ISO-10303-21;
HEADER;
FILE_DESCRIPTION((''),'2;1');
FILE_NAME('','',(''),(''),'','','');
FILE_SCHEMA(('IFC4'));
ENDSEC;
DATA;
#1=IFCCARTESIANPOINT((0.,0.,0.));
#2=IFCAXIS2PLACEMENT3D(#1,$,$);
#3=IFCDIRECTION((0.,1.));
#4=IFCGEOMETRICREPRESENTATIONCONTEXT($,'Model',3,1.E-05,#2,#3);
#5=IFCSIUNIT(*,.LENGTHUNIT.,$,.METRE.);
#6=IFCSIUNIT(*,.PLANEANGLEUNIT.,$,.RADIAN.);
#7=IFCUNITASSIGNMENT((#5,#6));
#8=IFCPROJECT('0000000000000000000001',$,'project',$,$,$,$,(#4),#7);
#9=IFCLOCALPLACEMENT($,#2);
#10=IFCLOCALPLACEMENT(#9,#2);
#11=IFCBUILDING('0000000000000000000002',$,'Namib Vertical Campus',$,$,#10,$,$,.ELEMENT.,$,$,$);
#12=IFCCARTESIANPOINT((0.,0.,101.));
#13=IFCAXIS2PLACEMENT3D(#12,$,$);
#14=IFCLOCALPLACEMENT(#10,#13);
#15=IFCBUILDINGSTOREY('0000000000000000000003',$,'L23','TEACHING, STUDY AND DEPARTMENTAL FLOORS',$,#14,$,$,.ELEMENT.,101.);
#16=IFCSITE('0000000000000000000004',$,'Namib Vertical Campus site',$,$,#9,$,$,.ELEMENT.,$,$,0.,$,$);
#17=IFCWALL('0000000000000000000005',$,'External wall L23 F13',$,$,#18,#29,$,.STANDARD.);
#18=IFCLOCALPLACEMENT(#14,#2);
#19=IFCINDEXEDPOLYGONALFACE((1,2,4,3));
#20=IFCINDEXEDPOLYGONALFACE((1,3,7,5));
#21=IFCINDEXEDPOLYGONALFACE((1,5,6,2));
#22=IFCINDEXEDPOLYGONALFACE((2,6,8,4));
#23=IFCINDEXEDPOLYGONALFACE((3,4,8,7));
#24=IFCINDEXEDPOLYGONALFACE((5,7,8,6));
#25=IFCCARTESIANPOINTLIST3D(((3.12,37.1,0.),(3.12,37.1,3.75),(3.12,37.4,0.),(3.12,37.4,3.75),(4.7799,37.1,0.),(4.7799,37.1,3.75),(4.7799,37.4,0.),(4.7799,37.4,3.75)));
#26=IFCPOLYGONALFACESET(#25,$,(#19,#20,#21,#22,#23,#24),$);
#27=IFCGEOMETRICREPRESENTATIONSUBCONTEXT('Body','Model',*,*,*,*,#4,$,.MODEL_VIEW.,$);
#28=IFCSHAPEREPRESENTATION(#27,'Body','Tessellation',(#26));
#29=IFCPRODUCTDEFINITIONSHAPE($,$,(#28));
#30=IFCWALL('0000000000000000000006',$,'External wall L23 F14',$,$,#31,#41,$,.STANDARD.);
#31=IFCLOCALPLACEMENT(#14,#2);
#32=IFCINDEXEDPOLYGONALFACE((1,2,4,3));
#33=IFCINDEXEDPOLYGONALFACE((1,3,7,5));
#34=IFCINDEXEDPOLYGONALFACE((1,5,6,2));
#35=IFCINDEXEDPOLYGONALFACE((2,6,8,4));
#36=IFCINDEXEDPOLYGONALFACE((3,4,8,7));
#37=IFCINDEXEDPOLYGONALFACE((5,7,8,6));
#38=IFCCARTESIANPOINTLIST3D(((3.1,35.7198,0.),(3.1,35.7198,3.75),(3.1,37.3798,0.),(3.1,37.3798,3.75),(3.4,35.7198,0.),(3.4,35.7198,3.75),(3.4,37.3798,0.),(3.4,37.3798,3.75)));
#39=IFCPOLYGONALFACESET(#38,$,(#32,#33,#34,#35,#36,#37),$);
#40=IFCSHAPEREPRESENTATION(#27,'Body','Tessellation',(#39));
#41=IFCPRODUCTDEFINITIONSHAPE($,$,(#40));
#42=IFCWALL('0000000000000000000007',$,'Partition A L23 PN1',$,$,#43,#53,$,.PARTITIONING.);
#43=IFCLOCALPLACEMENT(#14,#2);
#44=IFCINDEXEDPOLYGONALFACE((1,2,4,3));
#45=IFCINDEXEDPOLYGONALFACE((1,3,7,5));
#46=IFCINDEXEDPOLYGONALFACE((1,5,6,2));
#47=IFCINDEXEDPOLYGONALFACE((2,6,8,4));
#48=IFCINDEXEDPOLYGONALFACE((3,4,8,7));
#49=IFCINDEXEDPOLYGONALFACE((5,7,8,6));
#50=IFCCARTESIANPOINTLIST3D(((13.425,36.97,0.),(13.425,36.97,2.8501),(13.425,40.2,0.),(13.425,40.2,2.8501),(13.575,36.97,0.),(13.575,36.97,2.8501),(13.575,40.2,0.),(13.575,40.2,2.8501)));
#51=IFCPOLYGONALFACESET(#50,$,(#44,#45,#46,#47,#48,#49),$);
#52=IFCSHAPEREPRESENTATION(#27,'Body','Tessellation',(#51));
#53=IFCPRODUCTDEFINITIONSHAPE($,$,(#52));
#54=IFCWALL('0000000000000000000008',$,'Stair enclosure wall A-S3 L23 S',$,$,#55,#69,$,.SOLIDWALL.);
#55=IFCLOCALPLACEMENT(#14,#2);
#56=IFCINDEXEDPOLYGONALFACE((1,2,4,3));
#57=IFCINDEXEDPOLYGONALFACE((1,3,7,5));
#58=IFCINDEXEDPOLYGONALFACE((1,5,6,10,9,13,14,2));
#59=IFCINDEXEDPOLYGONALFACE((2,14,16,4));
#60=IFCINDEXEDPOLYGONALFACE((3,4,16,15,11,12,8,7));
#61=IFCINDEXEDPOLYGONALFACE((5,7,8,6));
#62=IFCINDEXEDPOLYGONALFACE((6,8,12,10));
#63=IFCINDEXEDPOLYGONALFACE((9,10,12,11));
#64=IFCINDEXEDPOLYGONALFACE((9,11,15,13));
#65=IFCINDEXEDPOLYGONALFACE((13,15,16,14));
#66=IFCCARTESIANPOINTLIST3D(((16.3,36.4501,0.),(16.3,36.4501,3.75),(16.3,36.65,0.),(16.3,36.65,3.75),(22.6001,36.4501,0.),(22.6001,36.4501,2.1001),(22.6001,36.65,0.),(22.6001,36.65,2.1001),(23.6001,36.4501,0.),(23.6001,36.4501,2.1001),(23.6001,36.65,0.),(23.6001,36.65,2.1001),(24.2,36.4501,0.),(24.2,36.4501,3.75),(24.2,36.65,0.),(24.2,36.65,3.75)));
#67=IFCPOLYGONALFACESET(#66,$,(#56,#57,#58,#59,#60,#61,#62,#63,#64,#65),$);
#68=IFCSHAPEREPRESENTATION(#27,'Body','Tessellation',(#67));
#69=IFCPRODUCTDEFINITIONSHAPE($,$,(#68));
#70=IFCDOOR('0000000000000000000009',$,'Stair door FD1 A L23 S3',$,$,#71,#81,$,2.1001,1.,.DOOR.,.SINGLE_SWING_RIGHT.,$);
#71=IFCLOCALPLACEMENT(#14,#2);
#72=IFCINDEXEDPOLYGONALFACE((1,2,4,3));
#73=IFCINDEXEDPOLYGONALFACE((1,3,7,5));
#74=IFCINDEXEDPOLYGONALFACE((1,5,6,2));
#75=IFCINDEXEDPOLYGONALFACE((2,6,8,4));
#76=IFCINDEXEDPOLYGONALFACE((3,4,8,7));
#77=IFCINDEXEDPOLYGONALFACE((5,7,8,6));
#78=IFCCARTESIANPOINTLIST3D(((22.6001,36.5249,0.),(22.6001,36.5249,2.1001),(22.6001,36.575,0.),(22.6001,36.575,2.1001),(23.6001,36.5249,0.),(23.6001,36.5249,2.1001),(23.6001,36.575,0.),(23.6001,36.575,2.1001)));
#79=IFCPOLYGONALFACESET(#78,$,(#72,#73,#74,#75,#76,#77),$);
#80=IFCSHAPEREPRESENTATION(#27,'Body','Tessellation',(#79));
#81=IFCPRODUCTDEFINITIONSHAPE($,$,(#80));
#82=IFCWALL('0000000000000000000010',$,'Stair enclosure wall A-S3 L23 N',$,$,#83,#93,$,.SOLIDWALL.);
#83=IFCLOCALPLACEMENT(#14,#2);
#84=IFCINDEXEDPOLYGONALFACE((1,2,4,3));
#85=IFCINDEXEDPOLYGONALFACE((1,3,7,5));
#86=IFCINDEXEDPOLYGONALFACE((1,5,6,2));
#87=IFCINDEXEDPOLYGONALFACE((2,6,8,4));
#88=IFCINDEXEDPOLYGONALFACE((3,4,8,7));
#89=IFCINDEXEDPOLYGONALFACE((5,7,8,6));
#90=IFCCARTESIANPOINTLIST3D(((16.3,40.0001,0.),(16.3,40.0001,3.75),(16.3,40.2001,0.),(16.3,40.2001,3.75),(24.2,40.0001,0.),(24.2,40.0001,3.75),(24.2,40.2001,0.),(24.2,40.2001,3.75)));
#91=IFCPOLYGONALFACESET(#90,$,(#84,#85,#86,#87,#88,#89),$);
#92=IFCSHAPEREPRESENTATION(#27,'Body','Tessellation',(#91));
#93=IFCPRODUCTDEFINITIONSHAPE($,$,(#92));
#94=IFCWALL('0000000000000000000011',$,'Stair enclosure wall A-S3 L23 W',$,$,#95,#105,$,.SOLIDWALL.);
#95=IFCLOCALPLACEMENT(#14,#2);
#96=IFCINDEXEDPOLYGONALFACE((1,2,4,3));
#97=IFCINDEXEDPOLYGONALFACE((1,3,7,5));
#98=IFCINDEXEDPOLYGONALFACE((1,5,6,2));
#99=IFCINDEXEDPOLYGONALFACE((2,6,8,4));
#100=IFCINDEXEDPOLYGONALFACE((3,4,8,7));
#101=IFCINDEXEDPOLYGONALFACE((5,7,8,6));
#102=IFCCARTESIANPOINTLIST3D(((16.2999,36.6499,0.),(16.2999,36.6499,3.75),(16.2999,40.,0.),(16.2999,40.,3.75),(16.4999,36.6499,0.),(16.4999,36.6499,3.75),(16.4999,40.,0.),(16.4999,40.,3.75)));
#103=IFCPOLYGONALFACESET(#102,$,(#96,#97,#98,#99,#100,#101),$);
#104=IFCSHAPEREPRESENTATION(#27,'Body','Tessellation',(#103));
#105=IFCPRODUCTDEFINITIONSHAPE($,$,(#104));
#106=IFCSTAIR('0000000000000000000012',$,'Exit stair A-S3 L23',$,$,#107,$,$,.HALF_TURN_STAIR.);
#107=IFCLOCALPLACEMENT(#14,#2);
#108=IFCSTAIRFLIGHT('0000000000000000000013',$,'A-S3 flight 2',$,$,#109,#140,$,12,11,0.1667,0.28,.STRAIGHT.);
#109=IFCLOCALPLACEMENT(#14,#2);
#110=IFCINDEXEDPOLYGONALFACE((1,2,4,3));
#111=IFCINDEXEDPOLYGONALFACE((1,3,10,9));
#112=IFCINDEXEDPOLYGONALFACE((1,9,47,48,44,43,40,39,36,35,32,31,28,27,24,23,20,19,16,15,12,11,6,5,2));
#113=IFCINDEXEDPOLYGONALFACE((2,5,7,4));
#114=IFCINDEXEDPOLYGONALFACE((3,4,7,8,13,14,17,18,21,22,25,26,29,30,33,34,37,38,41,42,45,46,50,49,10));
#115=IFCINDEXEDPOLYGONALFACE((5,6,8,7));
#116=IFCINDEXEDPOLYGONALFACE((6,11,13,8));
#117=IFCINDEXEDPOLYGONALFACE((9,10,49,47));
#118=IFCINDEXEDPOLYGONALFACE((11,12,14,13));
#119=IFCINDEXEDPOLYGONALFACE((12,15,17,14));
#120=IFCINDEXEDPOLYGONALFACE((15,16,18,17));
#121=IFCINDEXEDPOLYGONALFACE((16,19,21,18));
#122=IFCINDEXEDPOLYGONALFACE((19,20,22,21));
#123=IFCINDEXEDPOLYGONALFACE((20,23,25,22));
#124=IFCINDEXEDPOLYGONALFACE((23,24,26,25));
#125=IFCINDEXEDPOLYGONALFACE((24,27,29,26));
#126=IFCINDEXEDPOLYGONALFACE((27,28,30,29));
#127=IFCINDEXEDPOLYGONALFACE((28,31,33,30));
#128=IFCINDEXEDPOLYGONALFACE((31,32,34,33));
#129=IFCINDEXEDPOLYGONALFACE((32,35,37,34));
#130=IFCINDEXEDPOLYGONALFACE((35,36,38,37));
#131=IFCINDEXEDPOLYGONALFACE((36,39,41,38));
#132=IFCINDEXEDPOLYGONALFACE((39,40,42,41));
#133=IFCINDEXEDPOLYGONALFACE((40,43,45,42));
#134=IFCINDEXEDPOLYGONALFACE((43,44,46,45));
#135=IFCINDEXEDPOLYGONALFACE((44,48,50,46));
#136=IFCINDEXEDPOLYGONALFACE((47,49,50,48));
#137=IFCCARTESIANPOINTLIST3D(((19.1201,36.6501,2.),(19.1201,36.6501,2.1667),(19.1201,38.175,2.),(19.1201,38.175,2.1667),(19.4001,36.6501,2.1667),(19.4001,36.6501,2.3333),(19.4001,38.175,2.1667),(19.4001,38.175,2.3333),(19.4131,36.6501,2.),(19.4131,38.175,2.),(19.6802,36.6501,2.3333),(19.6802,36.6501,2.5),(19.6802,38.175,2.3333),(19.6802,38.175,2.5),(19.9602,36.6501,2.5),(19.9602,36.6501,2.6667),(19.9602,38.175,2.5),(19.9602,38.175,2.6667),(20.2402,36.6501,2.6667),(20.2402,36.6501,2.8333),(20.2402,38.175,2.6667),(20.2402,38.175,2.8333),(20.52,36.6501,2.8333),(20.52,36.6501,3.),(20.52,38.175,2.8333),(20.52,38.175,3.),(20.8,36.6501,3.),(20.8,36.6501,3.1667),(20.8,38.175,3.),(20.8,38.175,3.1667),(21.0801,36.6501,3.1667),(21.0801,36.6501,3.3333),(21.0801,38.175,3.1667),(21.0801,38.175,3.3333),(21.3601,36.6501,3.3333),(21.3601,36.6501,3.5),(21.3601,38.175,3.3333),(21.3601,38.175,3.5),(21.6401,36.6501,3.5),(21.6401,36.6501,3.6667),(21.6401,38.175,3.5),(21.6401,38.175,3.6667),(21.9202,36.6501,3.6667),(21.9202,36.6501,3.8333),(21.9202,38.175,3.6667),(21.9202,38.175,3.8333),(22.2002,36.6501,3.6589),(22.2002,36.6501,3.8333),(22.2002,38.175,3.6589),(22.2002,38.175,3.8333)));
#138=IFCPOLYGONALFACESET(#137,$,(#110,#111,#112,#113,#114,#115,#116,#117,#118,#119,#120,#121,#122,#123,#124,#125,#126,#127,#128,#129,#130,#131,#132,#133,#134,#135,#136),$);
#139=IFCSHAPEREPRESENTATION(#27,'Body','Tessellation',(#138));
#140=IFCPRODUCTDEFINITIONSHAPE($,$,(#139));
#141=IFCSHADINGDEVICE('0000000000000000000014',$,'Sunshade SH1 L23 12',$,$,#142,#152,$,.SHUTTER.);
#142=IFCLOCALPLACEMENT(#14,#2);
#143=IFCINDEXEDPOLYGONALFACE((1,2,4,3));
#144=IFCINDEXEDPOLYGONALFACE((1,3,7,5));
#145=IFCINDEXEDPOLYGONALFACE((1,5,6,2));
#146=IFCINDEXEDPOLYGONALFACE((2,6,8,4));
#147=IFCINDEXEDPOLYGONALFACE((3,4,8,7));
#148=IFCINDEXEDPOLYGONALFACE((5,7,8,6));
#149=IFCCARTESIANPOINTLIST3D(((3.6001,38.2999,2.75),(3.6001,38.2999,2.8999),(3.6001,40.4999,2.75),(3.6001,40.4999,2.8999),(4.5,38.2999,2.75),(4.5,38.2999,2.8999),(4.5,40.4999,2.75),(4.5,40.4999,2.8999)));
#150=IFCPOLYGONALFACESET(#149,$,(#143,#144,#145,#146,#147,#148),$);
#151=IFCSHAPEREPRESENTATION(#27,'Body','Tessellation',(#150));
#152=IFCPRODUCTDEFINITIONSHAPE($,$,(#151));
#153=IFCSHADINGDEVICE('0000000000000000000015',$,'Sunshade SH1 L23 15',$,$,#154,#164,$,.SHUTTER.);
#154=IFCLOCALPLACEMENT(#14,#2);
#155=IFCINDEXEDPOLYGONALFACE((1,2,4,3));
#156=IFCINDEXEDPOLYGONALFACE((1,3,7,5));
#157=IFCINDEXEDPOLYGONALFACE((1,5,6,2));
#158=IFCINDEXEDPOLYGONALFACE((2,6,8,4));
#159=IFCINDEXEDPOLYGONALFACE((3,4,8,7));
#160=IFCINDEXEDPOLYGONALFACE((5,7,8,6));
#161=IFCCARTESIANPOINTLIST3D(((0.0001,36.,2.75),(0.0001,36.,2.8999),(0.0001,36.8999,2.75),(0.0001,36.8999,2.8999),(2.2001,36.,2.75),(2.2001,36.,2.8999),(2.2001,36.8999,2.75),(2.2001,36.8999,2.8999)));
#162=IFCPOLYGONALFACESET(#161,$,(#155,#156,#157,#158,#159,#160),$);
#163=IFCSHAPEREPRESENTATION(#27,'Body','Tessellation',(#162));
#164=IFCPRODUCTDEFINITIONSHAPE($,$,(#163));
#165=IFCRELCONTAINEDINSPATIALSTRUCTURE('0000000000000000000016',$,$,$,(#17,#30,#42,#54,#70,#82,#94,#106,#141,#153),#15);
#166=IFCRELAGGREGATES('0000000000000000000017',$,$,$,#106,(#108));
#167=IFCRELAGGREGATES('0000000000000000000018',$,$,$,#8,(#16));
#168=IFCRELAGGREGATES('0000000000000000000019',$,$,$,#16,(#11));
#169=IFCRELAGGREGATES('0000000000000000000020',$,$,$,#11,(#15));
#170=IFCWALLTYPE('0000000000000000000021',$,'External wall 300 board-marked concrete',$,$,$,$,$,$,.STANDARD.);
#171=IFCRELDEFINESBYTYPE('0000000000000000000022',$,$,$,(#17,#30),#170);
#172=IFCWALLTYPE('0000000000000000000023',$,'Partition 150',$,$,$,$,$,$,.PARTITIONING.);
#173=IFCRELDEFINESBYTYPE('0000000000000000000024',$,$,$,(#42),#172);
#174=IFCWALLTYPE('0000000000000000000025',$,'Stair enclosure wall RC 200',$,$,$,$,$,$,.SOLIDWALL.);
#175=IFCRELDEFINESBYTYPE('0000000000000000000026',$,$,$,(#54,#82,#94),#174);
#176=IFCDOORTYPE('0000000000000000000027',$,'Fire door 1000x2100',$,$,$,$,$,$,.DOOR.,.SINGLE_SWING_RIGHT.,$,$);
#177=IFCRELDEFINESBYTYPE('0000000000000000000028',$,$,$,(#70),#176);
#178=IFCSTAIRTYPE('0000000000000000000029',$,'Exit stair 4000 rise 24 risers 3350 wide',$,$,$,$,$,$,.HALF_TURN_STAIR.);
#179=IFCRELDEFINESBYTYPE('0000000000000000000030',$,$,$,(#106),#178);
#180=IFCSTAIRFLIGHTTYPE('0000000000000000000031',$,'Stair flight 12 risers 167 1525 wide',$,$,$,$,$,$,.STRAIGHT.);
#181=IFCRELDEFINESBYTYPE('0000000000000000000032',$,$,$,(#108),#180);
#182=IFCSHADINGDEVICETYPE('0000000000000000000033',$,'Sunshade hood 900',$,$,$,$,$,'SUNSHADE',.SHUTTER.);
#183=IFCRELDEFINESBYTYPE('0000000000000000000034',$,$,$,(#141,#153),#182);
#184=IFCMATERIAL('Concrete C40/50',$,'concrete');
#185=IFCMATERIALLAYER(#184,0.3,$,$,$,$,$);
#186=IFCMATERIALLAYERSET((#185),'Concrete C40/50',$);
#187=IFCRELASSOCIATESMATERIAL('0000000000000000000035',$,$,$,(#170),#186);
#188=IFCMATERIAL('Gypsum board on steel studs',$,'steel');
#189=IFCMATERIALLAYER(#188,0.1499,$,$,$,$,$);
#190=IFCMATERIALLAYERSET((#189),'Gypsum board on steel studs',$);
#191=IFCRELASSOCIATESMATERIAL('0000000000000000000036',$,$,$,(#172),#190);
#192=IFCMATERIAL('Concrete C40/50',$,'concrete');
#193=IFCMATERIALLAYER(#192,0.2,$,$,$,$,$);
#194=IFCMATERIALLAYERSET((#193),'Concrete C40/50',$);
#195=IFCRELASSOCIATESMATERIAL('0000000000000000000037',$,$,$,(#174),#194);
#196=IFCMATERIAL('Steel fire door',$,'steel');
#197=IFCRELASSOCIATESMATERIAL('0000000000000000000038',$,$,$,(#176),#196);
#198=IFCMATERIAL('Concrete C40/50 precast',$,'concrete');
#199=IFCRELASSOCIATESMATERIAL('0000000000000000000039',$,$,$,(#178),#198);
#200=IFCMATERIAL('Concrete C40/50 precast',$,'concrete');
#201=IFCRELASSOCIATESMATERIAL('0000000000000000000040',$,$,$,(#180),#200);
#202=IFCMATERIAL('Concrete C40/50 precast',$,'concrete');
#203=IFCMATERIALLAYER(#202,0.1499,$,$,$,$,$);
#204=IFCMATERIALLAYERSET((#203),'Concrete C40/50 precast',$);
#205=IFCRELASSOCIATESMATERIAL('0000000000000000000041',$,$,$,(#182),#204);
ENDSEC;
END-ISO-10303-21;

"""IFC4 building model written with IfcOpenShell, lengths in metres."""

from ifc_helpers import new_model, si_unit, direction, frame, frame_2d, origin, origin_2d, place, context, subcontext, project, spatial, polyline, rectangle, outline, extrude, material, layer, layer_set, type_object, element, fill, aggregate, save


model = new_model("IFC4")

# Units and contexts
model_context = context("Model", 3, precision=1e-05, world=origin(), true_north=direction((0.0, 1.0)))
body_context = subcontext(model_context, "Body", "Model", "MODEL_VIEW")
ifc_project = project(units=[si_unit("LENGTHUNIT", "METRE"), si_unit("PLANEANGLEUNIT", "RADIAN")], contexts=[model_context])

# Site, building, storey
site_placement = place(None, origin())
site = spatial("IfcSite", under=ifc_project, at=site_placement, Name="Namib Vertical Campus site", CompositionType="ELEMENT", RefElevation=0.0)
building_placement = place(site_placement, origin())
building = spatial("IfcBuilding", under=site, at=building_placement, Name="Namib Vertical Campus", CompositionType="ELEMENT")
storey_placement = place(building_placement, frame((0.0, 0.0, 101.0)))
storey = spatial("IfcBuildingStorey", under=building, at=storey_placement, Name="L23", Description="TEACHING, STUDY AND DEPARTMENTAL FLOORS", CompositionType="ELEMENT", Elevation=101.0)

# Walls
ifc_material_1 = material(Name="Concrete C40/50", Category="concrete")
ifc_layer_1 = layer(ifc_material_1, 0.3)
ifc_layer_set_1 = layer_set([ifc_layer_1], Name="Concrete C40/50")
wall_type_1 = type_object("IfcWallType", Name="External wall 300 board-marked concrete", PredefinedType="STANDARD", material=ifc_layer_set_1)
for number, where, z_axis, x_axis, name in (
    (1, (4.78, 37.25, 0.0), (0.0, 0.0, 1.0), (-1.0, 0.0, 0.0), "External wall L23 F13"),
    (2, (3.25, 37.3799, 0.0), (0.0, 0.0, 1.0), (0.0, -1.0, 0.0), "External wall L23 F14"),
):
    element("IfcWall", number, at=place(storey_placement, frame(where, z_axis=z_axis, x_axis=x_axis)), inside=storey, type_object=wall_type_1, Name=name, PredefinedType="STANDARD", context=body_context, shape_type="SweptSolid", body=[
        extrude(rectangle(XDim=1.6599, YDim=0.3, at=frame_2d((0.8301, 0.0))), origin(), (0.0, 0.0, 1.0), 3.75),
    ])
ifc_material_2 = material(Name="Gypsum board on steel studs", Category="steel")
ifc_layer_2 = layer(ifc_material_2, 0.1499)
ifc_layer_set_2 = layer_set([ifc_layer_2], Name="Gypsum board on steel studs")
wall_type_2 = type_object("IfcWallType", Name="Partition 150", PredefinedType="PARTITIONING", material=ifc_layer_set_2)
wall_1_placement = place(storey_placement, frame((13.5, 36.97, 0.0), z_axis=(0.0, 0.0, 1.0), x_axis=(0.0, 1.0, 0.0)))
element("IfcWall", 3, at=wall_1_placement, inside=storey, type_object=wall_type_2, Name="Partition A L23 PN1", PredefinedType="PARTITIONING", context=body_context, shape_type="SweptSolid", body=[
    extrude(rectangle(XDim=3.23, YDim=0.1499, at=frame_2d((1.615, 0.0))), origin(), (0.0, 0.0, 1.0), 2.8501),
])

# Wall, opening, door
ifc_material_3 = material(Name="Concrete C40/50", Category="concrete")
ifc_layer_3 = layer(ifc_material_3, 0.2)
ifc_layer_set_3 = layer_set([ifc_layer_3], Name="Concrete C40/50")
wall_type_3 = type_object("IfcWallType", Name="Stair enclosure wall RC 200", PredefinedType="SOLIDWALL", material=ifc_layer_set_3)
wall_2_placement = place(storey_placement, frame((16.3, 36.55, 0.0), z_axis=(0.0, 0.0, 1.0), x_axis=(1.0, 0.0, 0.0)))
wall_2 = element("IfcWall", 4, at=wall_2_placement, inside=storey, type_object=wall_type_3, Name="Stair enclosure wall A-S3 L23 S", PredefinedType="SOLIDWALL", context=body_context, shape_type="SweptSolid", body=[
    extrude(rectangle(XDim=7.8999, YDim=0.2, at=frame_2d((3.95, 0.0))), origin(), (0.0, 0.0, 1.0), 3.75),
])
opening_placement = place(wall_2_placement, frame((6.3, 0.0, 0.0)))
opening = element("IfcOpeningElement", 5, at=opening_placement, cuts=wall_2, PredefinedType="OPENING", context=body_context, shape_type="SweptSolid", body=[
    extrude(rectangle(XDim=1.0, YDim=2.1001, at=frame_2d((0.5, 1.05))), frame((0.0, 0.1099, 0.0), z_axis=(0.0, -1.0, 0.0), x_axis=(1.0, 0.0, 0.0)), (0.0, 0.0, 1.0), 0.22),
])
ifc_material_4 = material(Name="Steel fire door", Category="steel")
door_type = type_object("IfcDoorType", Name="Fire door 1000x2100", OperationType="SINGLE_SWING_RIGHT", PredefinedType="DOOR", material=ifc_material_4)
door_placement = place(opening_placement, origin())
door = element("IfcDoor", 6, at=door_placement, inside=storey, type_object=door_type, Name="Stair door FD1 A L23 S3", OperationType="SINGLE_SWING_RIGHT", OverallHeight=2.1001, OverallWidth=1.0, PredefinedType="DOOR", context=body_context, shape_type="SweptSolid", body=[
    extrude(rectangle(XDim=1.0, YDim=2.1001, at=frame_2d((0.5, 1.05))), frame((0.0, 0.0249, 0.0), z_axis=(0.0, -1.0, 0.0), x_axis=(1.0, 0.0, 0.0)), (0.0, 0.0, 1.0), 0.05),
])
fill(opening, door)

# Walls
wall_3_placement = place(storey_placement, frame((16.3, 40.1001, 0.0), z_axis=(0.0, 0.0, 1.0), x_axis=(1.0, 0.0, 0.0)))
element("IfcWall", 7, at=wall_3_placement, inside=storey, type_object=wall_type_3, Name="Stair enclosure wall A-S3 L23 N", PredefinedType="SOLIDWALL", context=body_context, shape_type="SweptSolid", body=[
    extrude(rectangle(XDim=7.8999, YDim=0.2, at=frame_2d((3.95, 0.0))), origin(), (0.0, 0.0, 1.0), 3.75),
])
wall_4_placement = place(storey_placement, frame((16.3999, 36.6499, 0.0), z_axis=(0.0, 0.0, 1.0), x_axis=(0.0, 1.0, 0.0)))
element("IfcWall", 8, at=wall_4_placement, inside=storey, type_object=wall_type_3, Name="Stair enclosure wall A-S3 L23 W", PredefinedType="SOLIDWALL", context=body_context, shape_type="SweptSolid", body=[
    extrude(rectangle(XDim=3.3501, YDim=0.2, at=frame_2d((1.675, 0.0))), origin(), (0.0, 0.0, 1.0), 3.75),
])

# Stair, stair flight
ifc_material_5 = material(Name="Concrete C40/50 precast", Category="concrete")
stair_type = type_object("IfcStairType", Name="Exit stair 4000 rise 24 risers 3350 wide", PredefinedType="HALF_TURN_STAIR", material=ifc_material_5)
stair_placement = place(storey_placement, origin())
stair = element("IfcStair", 9, at=stair_placement, inside=storey, type_object=stair_type, Name="Exit stair A-S3 L23", PredefinedType="HALF_TURN_STAIR")
ifc_material_6 = material(Name="Concrete C40/50 precast", Category="concrete")
stair_flight_type = type_object("IfcStairFlightType", Name="Stair flight 12 risers 167 1525 wide", PredefinedType="STRAIGHT", material=ifc_material_6)
stair_flight_placement = place(storey_placement, frame((19.1201, 37.4126, 2.0), z_axis=(0.0, 0.0, 1.0), x_axis=(1.0, 0.0, 0.0)))
stair_flight = element("IfcStairFlight", 10, at=stair_flight_placement, type_object=stair_flight_type, Name="A-S3 flight 2", NumberOfRisers=12, NumberOfTreads=11, PredefinedType="STRAIGHT", RiserHeight=0.1667, TreadLength=0.28, context=body_context, shape_type="SweptSolid", body=[
    extrude(outline(polyline([(0.0, 0.0), (0.0, 0.1667), (0.28, 0.1667), (0.28, 0.3333), (0.5601, 0.3333), (0.5601, 0.5), (0.8401, 0.5), (0.8401, 0.6667), (1.1201, 0.6667), (1.1201, 0.8333), (1.3999, 0.8333), (1.3999, 1.0), (1.6799, 1.0), (1.6799, 1.1667), (1.96, 1.1667), (1.96, 1.3333), (2.24, 1.3333), (2.24, 1.5), (2.52, 1.5), (2.52, 1.6667), (2.8, 1.6667), (2.8, 1.8333), (3.0801, 1.8333), (3.0801, 2.0), (3.0801, 1.6589), (0.293, 0.0), (0.0, 0.0)])), frame((0.0, 0.7625, 0.0), z_axis=(0.0, -1.0, 0.0), x_axis=(1.0, 0.0, 0.0)), (0.0, 0.0, 1.0), 1.5249),
])
aggregate(stair, [stair_flight])

# Shading devices
ifc_material_7 = material(Name="Concrete C40/50 precast", Category="concrete")
ifc_layer_4 = layer(ifc_material_7, 0.1499)
ifc_layer_set_4 = layer_set([ifc_layer_4], Name="Concrete C40/50 precast")
shading_device_type = type_object("IfcShadingDeviceType", Name="Sunshade hood 900", ElementType="SUNSHADE", PredefinedType="SHUTTER", material=ifc_layer_set_4)
for number, where, z_axis, x_axis, name in (
    (11, (4.05, 39.3999, 2.75), (0.0, 0.0, 1.0), (0.0, -1.0, 0.0), "Sunshade SH1 L23 12"),
    (12, (1.1001, 36.45, 2.75), (0.0, 0.0, 1.0), (-1.0, 0.0, 0.0), "Sunshade SH1 L23 15"),
):
    element("IfcShadingDevice", number, at=place(storey_placement, frame(where, z_axis=z_axis, x_axis=x_axis)), inside=storey, type_object=shading_device_type, Name=name, PredefinedType="SHUTTER", context=body_context, shape_type="SweptSolid", body=[
        extrude(rectangle(XDim=2.2, YDim=0.8999, at=origin_2d()), origin(), (0.0, 0.0, 1.0), 0.1499),
    ])

save(model, "model.ifc")
